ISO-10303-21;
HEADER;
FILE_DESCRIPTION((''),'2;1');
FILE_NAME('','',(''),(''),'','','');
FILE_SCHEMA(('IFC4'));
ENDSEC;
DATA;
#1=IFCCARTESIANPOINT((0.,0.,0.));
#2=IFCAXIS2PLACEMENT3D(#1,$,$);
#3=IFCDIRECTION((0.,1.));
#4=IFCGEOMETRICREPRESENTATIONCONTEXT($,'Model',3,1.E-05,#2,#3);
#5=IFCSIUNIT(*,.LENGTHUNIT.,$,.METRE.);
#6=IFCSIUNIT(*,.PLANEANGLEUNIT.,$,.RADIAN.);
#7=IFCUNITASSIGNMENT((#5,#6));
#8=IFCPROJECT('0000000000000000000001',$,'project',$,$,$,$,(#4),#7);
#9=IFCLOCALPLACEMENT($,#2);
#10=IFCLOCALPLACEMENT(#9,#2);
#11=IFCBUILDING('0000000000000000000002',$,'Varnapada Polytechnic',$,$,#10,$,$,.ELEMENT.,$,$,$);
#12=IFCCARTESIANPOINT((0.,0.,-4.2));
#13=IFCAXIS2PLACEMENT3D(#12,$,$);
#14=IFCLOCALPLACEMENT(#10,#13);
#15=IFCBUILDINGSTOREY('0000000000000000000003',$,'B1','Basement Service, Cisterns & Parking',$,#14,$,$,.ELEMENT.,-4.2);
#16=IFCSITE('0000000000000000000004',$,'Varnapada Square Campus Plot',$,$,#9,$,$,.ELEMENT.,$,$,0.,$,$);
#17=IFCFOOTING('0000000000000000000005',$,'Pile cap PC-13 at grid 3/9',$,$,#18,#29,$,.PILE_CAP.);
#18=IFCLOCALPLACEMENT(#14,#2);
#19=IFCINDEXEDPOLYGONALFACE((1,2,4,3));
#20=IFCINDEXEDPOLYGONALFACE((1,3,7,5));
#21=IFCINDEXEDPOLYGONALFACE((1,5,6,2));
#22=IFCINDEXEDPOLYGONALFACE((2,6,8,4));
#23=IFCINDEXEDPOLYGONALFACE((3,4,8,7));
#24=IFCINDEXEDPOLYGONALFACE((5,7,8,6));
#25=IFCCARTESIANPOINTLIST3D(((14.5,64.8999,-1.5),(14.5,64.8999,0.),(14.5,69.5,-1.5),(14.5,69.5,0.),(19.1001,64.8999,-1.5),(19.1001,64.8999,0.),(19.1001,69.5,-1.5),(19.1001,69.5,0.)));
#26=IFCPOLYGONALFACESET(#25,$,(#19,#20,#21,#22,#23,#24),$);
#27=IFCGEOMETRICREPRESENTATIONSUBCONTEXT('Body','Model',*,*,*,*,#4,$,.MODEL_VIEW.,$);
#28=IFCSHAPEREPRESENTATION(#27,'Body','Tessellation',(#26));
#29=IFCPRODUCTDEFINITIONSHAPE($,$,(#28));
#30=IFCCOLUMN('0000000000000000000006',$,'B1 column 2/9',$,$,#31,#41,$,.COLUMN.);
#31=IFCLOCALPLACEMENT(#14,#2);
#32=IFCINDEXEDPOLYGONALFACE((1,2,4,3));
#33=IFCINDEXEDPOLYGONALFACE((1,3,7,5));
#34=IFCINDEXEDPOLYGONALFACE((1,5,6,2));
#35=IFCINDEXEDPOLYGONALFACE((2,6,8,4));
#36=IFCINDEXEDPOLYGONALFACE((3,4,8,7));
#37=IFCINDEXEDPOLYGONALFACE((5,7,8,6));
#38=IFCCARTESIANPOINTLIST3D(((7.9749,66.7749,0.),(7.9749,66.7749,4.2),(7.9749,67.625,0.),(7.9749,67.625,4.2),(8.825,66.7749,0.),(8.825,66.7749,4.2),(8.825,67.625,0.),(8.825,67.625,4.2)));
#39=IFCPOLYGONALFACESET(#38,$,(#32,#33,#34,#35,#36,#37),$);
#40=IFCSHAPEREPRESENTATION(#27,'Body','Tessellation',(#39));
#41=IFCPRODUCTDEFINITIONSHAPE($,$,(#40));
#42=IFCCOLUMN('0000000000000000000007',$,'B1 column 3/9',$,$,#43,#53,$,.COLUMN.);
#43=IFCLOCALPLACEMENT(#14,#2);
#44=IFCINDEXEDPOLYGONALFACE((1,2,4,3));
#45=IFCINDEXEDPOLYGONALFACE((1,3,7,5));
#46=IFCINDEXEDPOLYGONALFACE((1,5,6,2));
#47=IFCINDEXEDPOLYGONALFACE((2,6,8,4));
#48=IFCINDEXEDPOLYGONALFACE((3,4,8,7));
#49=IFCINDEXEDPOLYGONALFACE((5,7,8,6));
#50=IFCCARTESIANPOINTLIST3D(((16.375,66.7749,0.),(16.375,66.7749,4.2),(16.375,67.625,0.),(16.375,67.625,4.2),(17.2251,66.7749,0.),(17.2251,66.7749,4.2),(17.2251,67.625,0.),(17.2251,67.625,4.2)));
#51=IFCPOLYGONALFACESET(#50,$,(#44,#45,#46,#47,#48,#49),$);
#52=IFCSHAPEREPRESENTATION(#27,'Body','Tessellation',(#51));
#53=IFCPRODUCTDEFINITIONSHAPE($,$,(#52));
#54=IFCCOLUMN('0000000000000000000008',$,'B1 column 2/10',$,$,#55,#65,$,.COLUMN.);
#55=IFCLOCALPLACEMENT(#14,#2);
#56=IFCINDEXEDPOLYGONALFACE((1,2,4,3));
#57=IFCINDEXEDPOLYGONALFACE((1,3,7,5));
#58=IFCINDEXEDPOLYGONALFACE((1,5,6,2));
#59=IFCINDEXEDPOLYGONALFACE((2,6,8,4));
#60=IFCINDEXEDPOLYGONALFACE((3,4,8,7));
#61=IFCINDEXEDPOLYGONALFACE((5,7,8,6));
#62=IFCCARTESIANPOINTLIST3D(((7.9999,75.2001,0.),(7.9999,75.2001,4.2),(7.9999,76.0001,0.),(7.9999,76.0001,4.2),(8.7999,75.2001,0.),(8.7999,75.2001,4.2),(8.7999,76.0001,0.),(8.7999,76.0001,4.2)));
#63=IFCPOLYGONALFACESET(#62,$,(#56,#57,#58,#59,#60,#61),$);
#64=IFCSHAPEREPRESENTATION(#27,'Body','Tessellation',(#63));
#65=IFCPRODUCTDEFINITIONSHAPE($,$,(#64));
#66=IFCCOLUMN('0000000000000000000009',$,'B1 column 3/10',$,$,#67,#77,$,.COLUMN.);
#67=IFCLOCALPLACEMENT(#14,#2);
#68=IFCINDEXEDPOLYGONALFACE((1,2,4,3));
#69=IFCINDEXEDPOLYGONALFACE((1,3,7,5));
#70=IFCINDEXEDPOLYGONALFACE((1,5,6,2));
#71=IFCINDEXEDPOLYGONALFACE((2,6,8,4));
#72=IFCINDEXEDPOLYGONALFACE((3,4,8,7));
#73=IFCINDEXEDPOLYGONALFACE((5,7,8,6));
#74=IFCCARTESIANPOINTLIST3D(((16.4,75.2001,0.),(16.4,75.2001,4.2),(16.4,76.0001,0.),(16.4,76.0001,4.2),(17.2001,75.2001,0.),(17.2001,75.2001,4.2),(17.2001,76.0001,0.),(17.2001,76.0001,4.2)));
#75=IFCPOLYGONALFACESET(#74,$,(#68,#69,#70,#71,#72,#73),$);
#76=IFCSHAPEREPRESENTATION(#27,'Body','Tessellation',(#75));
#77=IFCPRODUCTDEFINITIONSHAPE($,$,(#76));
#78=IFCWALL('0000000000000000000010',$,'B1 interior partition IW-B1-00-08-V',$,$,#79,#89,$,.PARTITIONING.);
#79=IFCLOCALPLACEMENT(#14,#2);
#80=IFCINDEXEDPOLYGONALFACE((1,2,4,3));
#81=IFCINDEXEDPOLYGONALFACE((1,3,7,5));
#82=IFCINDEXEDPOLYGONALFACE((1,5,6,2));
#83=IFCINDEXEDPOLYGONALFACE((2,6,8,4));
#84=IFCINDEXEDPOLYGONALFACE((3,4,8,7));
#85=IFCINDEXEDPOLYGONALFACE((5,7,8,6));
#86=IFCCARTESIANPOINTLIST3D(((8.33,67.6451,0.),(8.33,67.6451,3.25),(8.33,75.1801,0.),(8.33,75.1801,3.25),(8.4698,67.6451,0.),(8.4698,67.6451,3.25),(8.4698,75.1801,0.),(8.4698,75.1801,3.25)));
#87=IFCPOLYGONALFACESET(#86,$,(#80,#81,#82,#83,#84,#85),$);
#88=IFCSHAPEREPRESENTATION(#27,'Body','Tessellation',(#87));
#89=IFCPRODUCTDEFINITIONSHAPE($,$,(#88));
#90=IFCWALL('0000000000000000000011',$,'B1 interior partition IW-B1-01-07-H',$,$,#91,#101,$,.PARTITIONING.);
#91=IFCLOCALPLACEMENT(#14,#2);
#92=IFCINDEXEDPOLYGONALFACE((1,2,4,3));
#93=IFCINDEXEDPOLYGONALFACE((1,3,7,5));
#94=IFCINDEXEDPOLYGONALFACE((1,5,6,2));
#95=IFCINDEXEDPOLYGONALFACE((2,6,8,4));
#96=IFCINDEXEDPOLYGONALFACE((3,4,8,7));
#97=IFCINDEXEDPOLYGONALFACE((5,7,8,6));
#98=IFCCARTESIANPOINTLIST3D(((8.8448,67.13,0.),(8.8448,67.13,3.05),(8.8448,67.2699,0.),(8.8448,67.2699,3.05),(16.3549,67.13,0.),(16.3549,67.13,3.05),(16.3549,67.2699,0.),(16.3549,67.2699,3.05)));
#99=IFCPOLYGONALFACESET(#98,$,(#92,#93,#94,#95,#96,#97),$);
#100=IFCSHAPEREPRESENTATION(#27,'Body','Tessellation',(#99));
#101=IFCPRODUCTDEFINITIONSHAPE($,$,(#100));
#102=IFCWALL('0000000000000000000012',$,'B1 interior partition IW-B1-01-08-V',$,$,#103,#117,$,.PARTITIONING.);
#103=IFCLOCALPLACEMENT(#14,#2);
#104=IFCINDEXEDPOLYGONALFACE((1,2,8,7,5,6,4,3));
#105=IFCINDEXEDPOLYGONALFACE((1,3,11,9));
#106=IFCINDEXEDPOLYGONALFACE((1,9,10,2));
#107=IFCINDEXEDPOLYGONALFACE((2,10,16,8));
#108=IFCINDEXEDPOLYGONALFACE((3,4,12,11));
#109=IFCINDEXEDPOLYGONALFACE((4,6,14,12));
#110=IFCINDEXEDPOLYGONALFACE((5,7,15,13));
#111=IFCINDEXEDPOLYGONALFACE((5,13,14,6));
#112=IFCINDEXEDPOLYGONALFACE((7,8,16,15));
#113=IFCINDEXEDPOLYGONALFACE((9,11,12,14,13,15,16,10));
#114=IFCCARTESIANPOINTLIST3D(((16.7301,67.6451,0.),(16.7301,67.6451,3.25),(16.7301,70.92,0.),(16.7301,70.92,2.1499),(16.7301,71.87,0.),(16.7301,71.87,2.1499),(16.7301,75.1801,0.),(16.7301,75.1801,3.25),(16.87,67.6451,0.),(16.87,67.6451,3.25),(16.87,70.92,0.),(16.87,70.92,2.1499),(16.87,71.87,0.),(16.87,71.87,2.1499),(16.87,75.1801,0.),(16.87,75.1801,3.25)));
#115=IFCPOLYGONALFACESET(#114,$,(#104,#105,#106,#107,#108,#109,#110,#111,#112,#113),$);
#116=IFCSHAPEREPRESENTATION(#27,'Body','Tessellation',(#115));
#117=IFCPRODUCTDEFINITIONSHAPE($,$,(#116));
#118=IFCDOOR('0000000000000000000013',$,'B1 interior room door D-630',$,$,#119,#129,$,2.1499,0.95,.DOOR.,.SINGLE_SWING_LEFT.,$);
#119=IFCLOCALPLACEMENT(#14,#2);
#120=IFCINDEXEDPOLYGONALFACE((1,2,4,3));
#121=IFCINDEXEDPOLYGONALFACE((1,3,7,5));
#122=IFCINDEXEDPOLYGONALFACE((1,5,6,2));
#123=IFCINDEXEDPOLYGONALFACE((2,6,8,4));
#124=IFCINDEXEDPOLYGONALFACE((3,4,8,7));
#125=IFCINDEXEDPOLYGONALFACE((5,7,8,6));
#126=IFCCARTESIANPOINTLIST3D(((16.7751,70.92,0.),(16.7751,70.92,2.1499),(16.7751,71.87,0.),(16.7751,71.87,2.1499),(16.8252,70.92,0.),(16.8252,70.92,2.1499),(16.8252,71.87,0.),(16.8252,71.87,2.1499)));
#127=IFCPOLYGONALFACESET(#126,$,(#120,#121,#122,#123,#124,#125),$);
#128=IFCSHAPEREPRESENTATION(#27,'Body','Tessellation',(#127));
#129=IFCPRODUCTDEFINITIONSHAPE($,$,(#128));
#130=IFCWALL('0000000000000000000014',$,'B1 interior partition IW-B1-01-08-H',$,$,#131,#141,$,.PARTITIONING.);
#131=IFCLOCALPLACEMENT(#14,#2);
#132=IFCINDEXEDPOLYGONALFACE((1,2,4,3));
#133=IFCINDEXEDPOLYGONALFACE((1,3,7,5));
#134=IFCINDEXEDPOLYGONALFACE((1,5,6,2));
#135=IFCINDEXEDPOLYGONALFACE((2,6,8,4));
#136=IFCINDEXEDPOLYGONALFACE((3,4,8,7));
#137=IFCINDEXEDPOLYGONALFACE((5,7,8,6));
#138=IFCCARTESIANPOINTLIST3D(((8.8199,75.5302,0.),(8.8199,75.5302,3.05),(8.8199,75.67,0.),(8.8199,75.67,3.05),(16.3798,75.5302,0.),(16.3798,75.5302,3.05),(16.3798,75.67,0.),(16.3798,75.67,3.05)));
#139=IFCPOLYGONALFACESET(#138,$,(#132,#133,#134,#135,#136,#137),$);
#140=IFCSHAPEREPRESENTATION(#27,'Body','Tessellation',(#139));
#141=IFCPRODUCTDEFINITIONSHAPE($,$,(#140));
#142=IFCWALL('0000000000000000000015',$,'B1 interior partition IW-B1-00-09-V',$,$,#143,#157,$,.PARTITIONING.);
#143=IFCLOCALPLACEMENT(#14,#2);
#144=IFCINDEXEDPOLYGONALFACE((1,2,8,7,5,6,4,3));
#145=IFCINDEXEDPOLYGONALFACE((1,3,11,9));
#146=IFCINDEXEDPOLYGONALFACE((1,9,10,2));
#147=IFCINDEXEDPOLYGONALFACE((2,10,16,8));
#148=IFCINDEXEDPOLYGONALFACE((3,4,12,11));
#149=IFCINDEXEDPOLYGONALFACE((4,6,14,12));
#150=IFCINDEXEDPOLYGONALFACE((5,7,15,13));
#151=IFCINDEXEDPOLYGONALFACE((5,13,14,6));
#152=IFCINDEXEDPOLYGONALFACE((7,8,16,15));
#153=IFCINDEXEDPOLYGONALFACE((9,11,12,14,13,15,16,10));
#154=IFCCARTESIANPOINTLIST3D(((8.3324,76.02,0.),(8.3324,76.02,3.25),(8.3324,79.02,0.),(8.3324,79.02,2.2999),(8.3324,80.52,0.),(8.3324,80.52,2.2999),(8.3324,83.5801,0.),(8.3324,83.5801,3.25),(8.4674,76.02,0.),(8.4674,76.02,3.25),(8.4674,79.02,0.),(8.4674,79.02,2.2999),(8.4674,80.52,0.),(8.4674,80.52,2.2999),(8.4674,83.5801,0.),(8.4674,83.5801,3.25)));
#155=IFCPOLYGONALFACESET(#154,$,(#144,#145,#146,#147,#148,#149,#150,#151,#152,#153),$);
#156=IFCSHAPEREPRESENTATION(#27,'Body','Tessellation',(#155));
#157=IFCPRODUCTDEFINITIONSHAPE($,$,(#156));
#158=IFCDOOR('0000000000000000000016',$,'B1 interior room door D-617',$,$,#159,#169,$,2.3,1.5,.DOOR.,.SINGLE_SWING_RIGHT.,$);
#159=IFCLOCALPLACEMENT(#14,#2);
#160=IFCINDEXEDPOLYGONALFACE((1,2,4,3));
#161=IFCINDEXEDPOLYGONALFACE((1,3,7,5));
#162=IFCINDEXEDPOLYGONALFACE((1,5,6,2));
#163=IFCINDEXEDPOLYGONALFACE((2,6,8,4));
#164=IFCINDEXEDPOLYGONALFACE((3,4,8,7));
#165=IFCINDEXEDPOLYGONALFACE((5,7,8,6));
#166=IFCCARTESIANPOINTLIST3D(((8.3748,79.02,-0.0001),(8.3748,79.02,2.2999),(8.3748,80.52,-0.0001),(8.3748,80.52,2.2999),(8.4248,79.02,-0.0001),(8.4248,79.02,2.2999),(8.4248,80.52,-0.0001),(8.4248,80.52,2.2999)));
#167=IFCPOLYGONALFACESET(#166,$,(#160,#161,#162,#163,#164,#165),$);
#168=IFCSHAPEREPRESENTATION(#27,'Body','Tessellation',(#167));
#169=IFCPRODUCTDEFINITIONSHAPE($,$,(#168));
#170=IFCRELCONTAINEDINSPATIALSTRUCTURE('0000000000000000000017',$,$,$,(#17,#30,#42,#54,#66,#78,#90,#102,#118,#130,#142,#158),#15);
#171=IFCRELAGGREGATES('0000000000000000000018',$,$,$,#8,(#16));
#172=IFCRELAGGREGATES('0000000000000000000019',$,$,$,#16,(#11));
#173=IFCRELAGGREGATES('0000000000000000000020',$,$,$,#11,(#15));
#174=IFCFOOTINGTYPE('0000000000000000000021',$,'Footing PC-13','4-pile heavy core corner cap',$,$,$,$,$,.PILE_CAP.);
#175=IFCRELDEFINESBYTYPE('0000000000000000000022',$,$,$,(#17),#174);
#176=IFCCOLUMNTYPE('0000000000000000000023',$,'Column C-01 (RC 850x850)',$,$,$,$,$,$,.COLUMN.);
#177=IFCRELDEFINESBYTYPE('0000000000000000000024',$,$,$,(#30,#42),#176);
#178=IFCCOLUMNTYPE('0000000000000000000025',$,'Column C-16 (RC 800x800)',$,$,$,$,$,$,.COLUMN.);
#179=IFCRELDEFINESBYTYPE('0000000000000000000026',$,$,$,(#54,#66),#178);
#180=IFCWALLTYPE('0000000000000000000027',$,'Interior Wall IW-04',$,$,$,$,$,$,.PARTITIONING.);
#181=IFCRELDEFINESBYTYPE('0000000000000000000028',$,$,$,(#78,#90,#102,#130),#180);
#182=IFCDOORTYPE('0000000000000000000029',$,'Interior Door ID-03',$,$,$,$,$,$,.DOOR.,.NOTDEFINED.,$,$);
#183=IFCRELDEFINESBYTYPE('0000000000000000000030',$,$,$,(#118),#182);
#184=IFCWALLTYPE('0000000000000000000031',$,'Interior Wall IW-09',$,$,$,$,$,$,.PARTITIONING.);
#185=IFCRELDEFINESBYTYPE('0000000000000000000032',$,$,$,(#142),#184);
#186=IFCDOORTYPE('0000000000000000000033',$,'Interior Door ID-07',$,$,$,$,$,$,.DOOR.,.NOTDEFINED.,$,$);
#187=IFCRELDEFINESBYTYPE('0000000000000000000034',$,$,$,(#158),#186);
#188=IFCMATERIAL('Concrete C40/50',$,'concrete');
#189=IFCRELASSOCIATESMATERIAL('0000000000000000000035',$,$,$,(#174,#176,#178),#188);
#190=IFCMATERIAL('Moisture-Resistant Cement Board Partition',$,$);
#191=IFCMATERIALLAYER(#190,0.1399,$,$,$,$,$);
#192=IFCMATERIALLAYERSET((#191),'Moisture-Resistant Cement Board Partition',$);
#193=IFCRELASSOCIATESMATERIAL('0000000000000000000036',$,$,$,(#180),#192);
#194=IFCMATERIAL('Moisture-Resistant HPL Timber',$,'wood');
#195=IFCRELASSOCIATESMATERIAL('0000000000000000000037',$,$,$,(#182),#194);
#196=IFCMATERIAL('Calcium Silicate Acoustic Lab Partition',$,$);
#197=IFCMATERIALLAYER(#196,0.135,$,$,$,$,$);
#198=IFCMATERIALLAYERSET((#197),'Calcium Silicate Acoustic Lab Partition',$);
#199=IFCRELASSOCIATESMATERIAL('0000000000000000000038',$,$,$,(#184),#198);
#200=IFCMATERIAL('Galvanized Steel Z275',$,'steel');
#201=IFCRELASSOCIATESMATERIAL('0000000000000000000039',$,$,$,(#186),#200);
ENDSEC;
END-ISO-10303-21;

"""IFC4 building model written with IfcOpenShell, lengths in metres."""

from ifc_helpers import new_model, si_unit, direction, frame, frame_2d, origin, origin_2d, place, context, subcontext, project, spatial, rectangle, extrude, material, layer, layer_set, material_profile, profile_set, type_object, element, fill, save


model = new_model("IFC4")

# Units and contexts
model_context = context("Model", 3, precision=1e-05, world=origin(), true_north=direction((0.0, 1.0)))
body_context = subcontext(model_context, "Body", "Model", "MODEL_VIEW")
ifc_project = project(units=[si_unit("LENGTHUNIT", "METRE"), si_unit("PLANEANGLEUNIT", "RADIAN")], contexts=[model_context])

# Site, building, storey
site_placement = place(None, origin())
site = spatial("IfcSite", under=ifc_project, at=site_placement, Name="Varnapada Square Campus Plot", CompositionType="ELEMENT", RefElevation=0.0)
building_placement = place(site_placement, origin())
building = spatial("IfcBuilding", under=site, at=building_placement, Name="Varnapada Polytechnic", CompositionType="ELEMENT")
storey_placement = place(building_placement, frame((0.0, 0.0, -4.2)))
storey = spatial("IfcBuildingStorey", under=building, at=storey_placement, Name="B1", Description="Basement Service, Cisterns & Parking", CompositionType="ELEMENT", Elevation=-4.2)

# Shared definitions
ifc_material_1 = material(Name="Concrete C40/50", Category="concrete")

# Footing
footing_type_1 = type_object("IfcFootingType", Name="Footing PC-13", Description="4-pile heavy core corner cap", PredefinedType="PILE_CAP", material=ifc_material_1)
footing_1_placement = place(storey_placement, frame((16.8, 67.2, -1.5), z_axis=(0.0, 0.0, 1.0), x_axis=(1.0, 0.0, 0.0)))
element("IfcFooting", 1, at=footing_1_placement, inside=storey, type_object=footing_type_1, Name="Pile cap PC-13 at grid 3/9", PredefinedType="PILE_CAP", context=body_context, shape_type="SweptSolid", body=[
    extrude(rectangle(XDim=4.6001, YDim=4.6001, at=origin_2d()), origin(), (0.0, 0.0, 1.0), 1.5),
])

# Columns
ifc_material_profile_1 = material_profile(ifc_material_1, rectangle(XDim=0.8501, YDim=0.8501, at=origin_2d()), Name="RC 850x850")
ifc_profile_set_1 = profile_set([ifc_material_profile_1], Name="Concrete C40/50")
column_type_1 = type_object("IfcColumnType", Name="Column C-01 (RC 850x850)", PredefinedType="COLUMN", material=ifc_profile_set_1)
for number, where, z_axis, x_axis, name in (
    (2, (8.3999, 67.2, 0.0), (0.0, 0.0, 1.0), (1.0, 0.0, 0.0), "B1 column 2/9"),
    (3, (16.8, 67.2, 0.0), (0.0, 0.0, 1.0), (1.0, 0.0, 0.0), "B1 column 3/9"),
):
    element("IfcColumn", number, at=place(storey_placement, frame(where, z_axis=z_axis, x_axis=x_axis)), inside=storey, type_object=column_type_1, Name=name, PredefinedType="COLUMN", context=body_context, shape_type="SweptSolid", body=[
        extrude(rectangle(XDim=0.8501, YDim=0.8501, at=origin_2d()), origin(), (0.0, 0.0, 1.0), 4.2),
    ])
ifc_material_profile_2 = material_profile(ifc_material_1, rectangle(XDim=0.8, YDim=0.8, at=origin_2d()), Name="RC 800x800")
ifc_profile_set_2 = profile_set([ifc_material_profile_2], Name="Concrete C40/50")
column_type_2 = type_object("IfcColumnType", Name="Column C-16 (RC 800x800)", PredefinedType="COLUMN", material=ifc_profile_set_2)
for number, where, z_axis, x_axis, name in (
    (4, (8.3999, 75.6001, 0.0), (0.0, 0.0, 1.0), (1.0, 0.0, 0.0), "B1 column 2/10"),
    (5, (16.8, 75.6001, 0.0), (0.0, 0.0, 1.0), (1.0, 0.0, 0.0), "B1 column 3/10"),
):
    element("IfcColumn", number, at=place(storey_placement, frame(where, z_axis=z_axis, x_axis=x_axis)), inside=storey, type_object=column_type_2, Name=name, PredefinedType="COLUMN", context=body_context, shape_type="SweptSolid", body=[
        extrude(rectangle(XDim=0.8, YDim=0.8, at=origin_2d()), origin(), (0.0, 0.0, 1.0), 4.2),
    ])

# Walls
ifc_material_2 = material(Name="Moisture-Resistant Cement Board Partition")
ifc_layer_1 = layer(ifc_material_2, 0.1399)
ifc_layer_set_1 = layer_set([ifc_layer_1], Name="Moisture-Resistant Cement Board Partition")
wall_type_1 = type_object("IfcWallType", Name="Interior Wall IW-04", PredefinedType="PARTITIONING", material=ifc_layer_set_1)
wall_1_placement = place(storey_placement, frame((8.3999, 67.645, 0.0), z_axis=(0.0, 0.0, 1.0), x_axis=(0.0, 1.0, 0.0)))
element("IfcWall", 6, at=wall_1_placement, inside=storey, type_object=wall_type_1, Name="B1 interior partition IW-B1-00-08-V", PredefinedType="PARTITIONING", context=body_context, shape_type="SweptSolid", body=[
    extrude(rectangle(XDim=7.5349, YDim=0.1399, at=frame_2d((3.7676, 0.0))), origin(), (0.0, 0.0, 1.0), 3.25),
])
wall_2_placement = place(storey_placement, frame((8.845, 67.2, 0.0), z_axis=(0.0, 0.0, 1.0), x_axis=(1.0, 0.0, 0.0)))
element("IfcWall", 7, at=wall_2_placement, inside=storey, type_object=wall_type_1, Name="B1 interior partition IW-B1-01-07-H", PredefinedType="PARTITIONING", context=body_context, shape_type="SweptSolid", body=[
    extrude(rectangle(XDim=7.51, YDim=0.1399, at=frame_2d((3.7549, 0.0))), origin(), (0.0, 0.0, 1.0), 3.05),
])

# Wall, opening, door
wall_3_placement = place(storey_placement, frame((16.8, 67.645, 0.0), z_axis=(0.0, 0.0, 1.0), x_axis=(0.0, 1.0, 0.0)))
wall_3 = element("IfcWall", 8, at=wall_3_placement, inside=storey, type_object=wall_type_1, Name="B1 interior partition IW-B1-01-08-V", PredefinedType="PARTITIONING", context=body_context, shape_type="SweptSolid", body=[
    extrude(rectangle(XDim=7.5349, YDim=0.1399, at=frame_2d((3.7676, 0.0))), origin(), (0.0, 0.0, 1.0), 3.25),
])
opening_1_placement = place(wall_3_placement, frame((3.2749, 0.0, 0.0)))
opening_1 = element("IfcOpeningElement", 9, at=opening_1_placement, cuts=wall_3, PredefinedType="OPENING", context=body_context, shape_type="SweptSolid", body=[
    extrude(rectangle(XDim=0.95, YDim=2.1499, at=frame_2d((0.4751, 1.075))), frame((0.0, 0.0798, 0.0), z_axis=(0.0, -1.0, 0.0), x_axis=(1.0, 0.0, 0.0)), (0.0, 0.0, 1.0), 0.1599),
])
ifc_material_3 = material(Name="Moisture-Resistant HPL Timber", Category="wood")
door_type_1 = type_object("IfcDoorType", Name="Interior Door ID-03", OperationType="NOTDEFINED", PredefinedType="DOOR", material=ifc_material_3)
door_1_placement = place(opening_1_placement, origin())
door_1 = element("IfcDoor", 10, at=door_1_placement, inside=storey, type_object=door_type_1, Name="B1 interior room door D-630", OperationType="SINGLE_SWING_LEFT", OverallHeight=2.1499, OverallWidth=0.95, PredefinedType="DOOR", context=body_context, shape_type="SweptSolid", body=[
    extrude(rectangle(XDim=0.95, YDim=2.1499, at=frame_2d((0.4751, 1.075))), frame((0.0, 0.0249, 0.0), z_axis=(0.0, -1.0, 0.0), x_axis=(1.0, 0.0, 0.0)), (0.0, 0.0, 1.0), 0.05),
])
fill(opening_1, door_1)

# Wall
wall_4_placement = place(storey_placement, frame((8.8201, 75.6001, 0.0), z_axis=(0.0, 0.0, 1.0), x_axis=(1.0, 0.0, 0.0)))
element("IfcWall", 11, at=wall_4_placement, inside=storey, type_object=wall_type_1, Name="B1 interior partition IW-B1-01-08-H", PredefinedType="PARTITIONING", context=body_context, shape_type="SweptSolid", body=[
    extrude(rectangle(XDim=7.5598, YDim=0.1399, at=frame_2d((3.7798, 0.0))), origin(), (0.0, 0.0, 1.0), 3.05),
])

# Wall, opening, door
ifc_material_4 = material(Name="Calcium Silicate Acoustic Lab Partition")
ifc_layer_2 = layer(ifc_material_4, 0.135)
ifc_layer_set_2 = layer_set([ifc_layer_2], Name="Calcium Silicate Acoustic Lab Partition")
wall_type_2 = type_object("IfcWallType", Name="Interior Wall IW-09", PredefinedType="PARTITIONING", material=ifc_layer_set_2)
wall_5_placement = place(storey_placement, frame((8.3999, 76.02, 0.0), z_axis=(0.0, 0.0, 1.0), x_axis=(0.0, 1.0, 0.0)))
wall_5 = element("IfcWall", 12, at=wall_5_placement, inside=storey, type_object=wall_type_2, Name="B1 interior partition IW-B1-00-09-V", PredefinedType="PARTITIONING", context=body_context, shape_type="SweptSolid", body=[
    extrude(rectangle(XDim=7.5601, YDim=0.135, at=frame_2d((3.78, 0.0))), origin(), (0.0, 0.0, 1.0), 3.25),
])
opening_2_placement = place(wall_5_placement, frame((3.0, 0.0, 0.0)))
opening_2 = element("IfcOpeningElement", 13, at=opening_2_placement, cuts=wall_5, PredefinedType="OPENING", context=body_context, shape_type="SweptSolid", body=[
    extrude(rectangle(XDim=1.5, YDim=2.3, at=frame_2d((0.75, 1.1499))), frame((0.0, 0.0774, 0.0), z_axis=(0.0, -1.0, 0.0), x_axis=(1.0, 0.0, 0.0)), (0.0, 0.0, 1.0), 0.155),
])
ifc_material_5 = material(Name="Galvanized Steel Z275", Category="steel")
door_type_2 = type_object("IfcDoorType", Name="Interior Door ID-07", OperationType="NOTDEFINED", PredefinedType="DOOR", material=ifc_material_5)
door_2_placement = place(opening_2_placement, frame((1.5, 0.0, 0.0), z_axis=(0.0, 0.0, 1.0), x_axis=(-1.0, 0.0, 0.0)))
door_2 = element("IfcDoor", 14, at=door_2_placement, inside=storey, type_object=door_type_2, Name="B1 interior room door D-617", OperationType="SINGLE_SWING_RIGHT", OverallHeight=2.3, OverallWidth=1.5, PredefinedType="DOOR", context=body_context, shape_type="SweptSolid", body=[
    extrude(rectangle(XDim=1.5, YDim=2.3, at=frame_2d((0.75, 1.1499))), frame((0.0, 0.0249, 0.0), z_axis=(0.0, -1.0, 0.0), x_axis=(1.0, 0.0, 0.0)), (0.0, 0.0, 1.0), 0.05),
])
fill(opening_2, door_2)

save(model, "model.ifc")
